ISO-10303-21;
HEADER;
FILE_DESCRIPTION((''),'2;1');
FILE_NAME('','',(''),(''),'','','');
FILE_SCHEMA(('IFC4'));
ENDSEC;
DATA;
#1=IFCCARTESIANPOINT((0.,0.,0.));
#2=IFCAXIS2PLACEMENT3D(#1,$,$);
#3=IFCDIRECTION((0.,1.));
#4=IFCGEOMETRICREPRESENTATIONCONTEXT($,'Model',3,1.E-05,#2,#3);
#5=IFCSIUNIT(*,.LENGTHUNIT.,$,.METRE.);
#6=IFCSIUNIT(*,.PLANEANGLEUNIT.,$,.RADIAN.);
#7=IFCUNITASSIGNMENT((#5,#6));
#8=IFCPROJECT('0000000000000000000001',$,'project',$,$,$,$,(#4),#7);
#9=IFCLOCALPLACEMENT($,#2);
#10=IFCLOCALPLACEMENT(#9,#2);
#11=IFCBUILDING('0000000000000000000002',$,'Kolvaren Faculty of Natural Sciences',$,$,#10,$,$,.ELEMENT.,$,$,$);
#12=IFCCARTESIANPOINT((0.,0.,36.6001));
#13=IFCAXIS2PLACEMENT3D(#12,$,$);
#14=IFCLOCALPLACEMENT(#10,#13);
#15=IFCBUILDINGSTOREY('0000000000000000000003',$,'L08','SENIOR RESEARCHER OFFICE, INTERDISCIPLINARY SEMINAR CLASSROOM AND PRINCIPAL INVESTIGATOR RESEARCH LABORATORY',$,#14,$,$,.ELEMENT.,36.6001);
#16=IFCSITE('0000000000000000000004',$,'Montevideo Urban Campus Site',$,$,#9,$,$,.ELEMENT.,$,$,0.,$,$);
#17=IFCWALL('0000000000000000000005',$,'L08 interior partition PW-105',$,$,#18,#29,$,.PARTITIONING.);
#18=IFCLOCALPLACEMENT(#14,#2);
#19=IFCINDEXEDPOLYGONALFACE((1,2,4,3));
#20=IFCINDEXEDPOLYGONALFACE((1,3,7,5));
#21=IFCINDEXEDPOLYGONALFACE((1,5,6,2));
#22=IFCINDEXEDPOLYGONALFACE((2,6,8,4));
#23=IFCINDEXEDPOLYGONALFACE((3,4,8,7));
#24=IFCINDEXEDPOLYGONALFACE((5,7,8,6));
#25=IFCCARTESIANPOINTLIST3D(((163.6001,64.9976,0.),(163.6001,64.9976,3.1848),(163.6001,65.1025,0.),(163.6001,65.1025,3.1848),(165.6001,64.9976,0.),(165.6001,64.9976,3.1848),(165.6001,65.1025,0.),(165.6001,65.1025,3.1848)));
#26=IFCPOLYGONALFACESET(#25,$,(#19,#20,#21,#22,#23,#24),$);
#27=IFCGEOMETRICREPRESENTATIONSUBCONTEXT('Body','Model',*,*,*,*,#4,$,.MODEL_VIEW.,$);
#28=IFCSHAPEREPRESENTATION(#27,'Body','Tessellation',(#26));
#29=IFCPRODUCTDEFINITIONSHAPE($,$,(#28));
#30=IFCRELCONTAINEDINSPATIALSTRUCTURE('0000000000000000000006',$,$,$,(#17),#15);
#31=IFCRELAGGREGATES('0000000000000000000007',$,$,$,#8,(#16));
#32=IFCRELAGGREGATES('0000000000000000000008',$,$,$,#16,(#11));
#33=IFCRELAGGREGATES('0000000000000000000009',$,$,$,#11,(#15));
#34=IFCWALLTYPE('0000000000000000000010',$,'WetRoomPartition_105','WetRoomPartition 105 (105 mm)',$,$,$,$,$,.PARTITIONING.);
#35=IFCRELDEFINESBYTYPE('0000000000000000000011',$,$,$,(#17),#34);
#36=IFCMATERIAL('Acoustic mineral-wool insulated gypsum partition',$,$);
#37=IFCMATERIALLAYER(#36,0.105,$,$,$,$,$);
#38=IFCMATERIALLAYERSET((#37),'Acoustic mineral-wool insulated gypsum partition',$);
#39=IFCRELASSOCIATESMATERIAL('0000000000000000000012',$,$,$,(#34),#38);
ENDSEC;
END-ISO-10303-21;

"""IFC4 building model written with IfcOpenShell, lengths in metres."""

from ifc_helpers import new_model, si_unit, direction, frame, frame_2d, origin, place, context, subcontext, project, spatial, rectangle, extrude, material, layer, layer_set, type_object, element, save


model = new_model("IFC4")

# Units and contexts
model_context = context("Model", 3, precision=1e-05, world=origin(), true_north=direction((0.0, 1.0)))
body_context = subcontext(model_context, "Body", "Model", "MODEL_VIEW")
ifc_project = project(units=[si_unit("LENGTHUNIT", "METRE"), si_unit("PLANEANGLEUNIT", "RADIAN")], contexts=[model_context])

# Site, building, storey
site_placement = place(None, origin())
site = spatial("IfcSite", under=ifc_project, at=site_placement, Name="Montevideo Urban Campus Site", CompositionType="ELEMENT", RefElevation=0.0)
building_placement = place(site_placement, origin())
building = spatial("IfcBuilding", under=site, at=building_placement, Name="Kolvaren Faculty of Natural Sciences", CompositionType="ELEMENT")
storey_placement = place(building_placement, frame((0.0, 0.0, 36.6001)))
storey = spatial("IfcBuildingStorey", under=building, at=storey_placement, Name="L08", Description="SENIOR RESEARCHER OFFICE, INTERDISCIPLINARY SEMINAR CLASSROOM AND PRINCIPAL INVESTIGATOR RESEARCH LABORATORY", CompositionType="ELEMENT", Elevation=36.6001)

# Shared definitions
ifc_material_1 = material(Name="Acoustic mineral-wool insulated gypsum partition")

# Shared definitions
ifc_layer_1 = layer(ifc_material_1, 0.105)
ifc_layer_set_1 = layer_set([ifc_layer_1], Name="Acoustic mineral-wool insulated gypsum partition")
wall_type_1 = type_object("IfcWallType", Name="WetRoomPartition_105", Description="WetRoomPartition 105 (105 mm)", PredefinedType="PARTITIONING", material=ifc_layer_set_1)

# Wall
wall_1_placement = place(storey_placement, frame((163.6001, 65.05, 0.0), z_axis=(0.0, 0.0, 1.0), x_axis=(1.0, 0.0, 0.0)))
element("IfcWall", 1, at=wall_1_placement, inside=storey, type_object=wall_type_1, Name="L08 interior partition PW-105", PredefinedType="PARTITIONING", context=body_context, shape_type="SweptSolid", body=[
    extrude(rectangle(XDim=2.0, YDim=0.105, at=frame_2d((1.0, 0.0))), origin(), (0.0, 0.0, 1.0), 3.1848),
])

save(model, "model.ifc")
